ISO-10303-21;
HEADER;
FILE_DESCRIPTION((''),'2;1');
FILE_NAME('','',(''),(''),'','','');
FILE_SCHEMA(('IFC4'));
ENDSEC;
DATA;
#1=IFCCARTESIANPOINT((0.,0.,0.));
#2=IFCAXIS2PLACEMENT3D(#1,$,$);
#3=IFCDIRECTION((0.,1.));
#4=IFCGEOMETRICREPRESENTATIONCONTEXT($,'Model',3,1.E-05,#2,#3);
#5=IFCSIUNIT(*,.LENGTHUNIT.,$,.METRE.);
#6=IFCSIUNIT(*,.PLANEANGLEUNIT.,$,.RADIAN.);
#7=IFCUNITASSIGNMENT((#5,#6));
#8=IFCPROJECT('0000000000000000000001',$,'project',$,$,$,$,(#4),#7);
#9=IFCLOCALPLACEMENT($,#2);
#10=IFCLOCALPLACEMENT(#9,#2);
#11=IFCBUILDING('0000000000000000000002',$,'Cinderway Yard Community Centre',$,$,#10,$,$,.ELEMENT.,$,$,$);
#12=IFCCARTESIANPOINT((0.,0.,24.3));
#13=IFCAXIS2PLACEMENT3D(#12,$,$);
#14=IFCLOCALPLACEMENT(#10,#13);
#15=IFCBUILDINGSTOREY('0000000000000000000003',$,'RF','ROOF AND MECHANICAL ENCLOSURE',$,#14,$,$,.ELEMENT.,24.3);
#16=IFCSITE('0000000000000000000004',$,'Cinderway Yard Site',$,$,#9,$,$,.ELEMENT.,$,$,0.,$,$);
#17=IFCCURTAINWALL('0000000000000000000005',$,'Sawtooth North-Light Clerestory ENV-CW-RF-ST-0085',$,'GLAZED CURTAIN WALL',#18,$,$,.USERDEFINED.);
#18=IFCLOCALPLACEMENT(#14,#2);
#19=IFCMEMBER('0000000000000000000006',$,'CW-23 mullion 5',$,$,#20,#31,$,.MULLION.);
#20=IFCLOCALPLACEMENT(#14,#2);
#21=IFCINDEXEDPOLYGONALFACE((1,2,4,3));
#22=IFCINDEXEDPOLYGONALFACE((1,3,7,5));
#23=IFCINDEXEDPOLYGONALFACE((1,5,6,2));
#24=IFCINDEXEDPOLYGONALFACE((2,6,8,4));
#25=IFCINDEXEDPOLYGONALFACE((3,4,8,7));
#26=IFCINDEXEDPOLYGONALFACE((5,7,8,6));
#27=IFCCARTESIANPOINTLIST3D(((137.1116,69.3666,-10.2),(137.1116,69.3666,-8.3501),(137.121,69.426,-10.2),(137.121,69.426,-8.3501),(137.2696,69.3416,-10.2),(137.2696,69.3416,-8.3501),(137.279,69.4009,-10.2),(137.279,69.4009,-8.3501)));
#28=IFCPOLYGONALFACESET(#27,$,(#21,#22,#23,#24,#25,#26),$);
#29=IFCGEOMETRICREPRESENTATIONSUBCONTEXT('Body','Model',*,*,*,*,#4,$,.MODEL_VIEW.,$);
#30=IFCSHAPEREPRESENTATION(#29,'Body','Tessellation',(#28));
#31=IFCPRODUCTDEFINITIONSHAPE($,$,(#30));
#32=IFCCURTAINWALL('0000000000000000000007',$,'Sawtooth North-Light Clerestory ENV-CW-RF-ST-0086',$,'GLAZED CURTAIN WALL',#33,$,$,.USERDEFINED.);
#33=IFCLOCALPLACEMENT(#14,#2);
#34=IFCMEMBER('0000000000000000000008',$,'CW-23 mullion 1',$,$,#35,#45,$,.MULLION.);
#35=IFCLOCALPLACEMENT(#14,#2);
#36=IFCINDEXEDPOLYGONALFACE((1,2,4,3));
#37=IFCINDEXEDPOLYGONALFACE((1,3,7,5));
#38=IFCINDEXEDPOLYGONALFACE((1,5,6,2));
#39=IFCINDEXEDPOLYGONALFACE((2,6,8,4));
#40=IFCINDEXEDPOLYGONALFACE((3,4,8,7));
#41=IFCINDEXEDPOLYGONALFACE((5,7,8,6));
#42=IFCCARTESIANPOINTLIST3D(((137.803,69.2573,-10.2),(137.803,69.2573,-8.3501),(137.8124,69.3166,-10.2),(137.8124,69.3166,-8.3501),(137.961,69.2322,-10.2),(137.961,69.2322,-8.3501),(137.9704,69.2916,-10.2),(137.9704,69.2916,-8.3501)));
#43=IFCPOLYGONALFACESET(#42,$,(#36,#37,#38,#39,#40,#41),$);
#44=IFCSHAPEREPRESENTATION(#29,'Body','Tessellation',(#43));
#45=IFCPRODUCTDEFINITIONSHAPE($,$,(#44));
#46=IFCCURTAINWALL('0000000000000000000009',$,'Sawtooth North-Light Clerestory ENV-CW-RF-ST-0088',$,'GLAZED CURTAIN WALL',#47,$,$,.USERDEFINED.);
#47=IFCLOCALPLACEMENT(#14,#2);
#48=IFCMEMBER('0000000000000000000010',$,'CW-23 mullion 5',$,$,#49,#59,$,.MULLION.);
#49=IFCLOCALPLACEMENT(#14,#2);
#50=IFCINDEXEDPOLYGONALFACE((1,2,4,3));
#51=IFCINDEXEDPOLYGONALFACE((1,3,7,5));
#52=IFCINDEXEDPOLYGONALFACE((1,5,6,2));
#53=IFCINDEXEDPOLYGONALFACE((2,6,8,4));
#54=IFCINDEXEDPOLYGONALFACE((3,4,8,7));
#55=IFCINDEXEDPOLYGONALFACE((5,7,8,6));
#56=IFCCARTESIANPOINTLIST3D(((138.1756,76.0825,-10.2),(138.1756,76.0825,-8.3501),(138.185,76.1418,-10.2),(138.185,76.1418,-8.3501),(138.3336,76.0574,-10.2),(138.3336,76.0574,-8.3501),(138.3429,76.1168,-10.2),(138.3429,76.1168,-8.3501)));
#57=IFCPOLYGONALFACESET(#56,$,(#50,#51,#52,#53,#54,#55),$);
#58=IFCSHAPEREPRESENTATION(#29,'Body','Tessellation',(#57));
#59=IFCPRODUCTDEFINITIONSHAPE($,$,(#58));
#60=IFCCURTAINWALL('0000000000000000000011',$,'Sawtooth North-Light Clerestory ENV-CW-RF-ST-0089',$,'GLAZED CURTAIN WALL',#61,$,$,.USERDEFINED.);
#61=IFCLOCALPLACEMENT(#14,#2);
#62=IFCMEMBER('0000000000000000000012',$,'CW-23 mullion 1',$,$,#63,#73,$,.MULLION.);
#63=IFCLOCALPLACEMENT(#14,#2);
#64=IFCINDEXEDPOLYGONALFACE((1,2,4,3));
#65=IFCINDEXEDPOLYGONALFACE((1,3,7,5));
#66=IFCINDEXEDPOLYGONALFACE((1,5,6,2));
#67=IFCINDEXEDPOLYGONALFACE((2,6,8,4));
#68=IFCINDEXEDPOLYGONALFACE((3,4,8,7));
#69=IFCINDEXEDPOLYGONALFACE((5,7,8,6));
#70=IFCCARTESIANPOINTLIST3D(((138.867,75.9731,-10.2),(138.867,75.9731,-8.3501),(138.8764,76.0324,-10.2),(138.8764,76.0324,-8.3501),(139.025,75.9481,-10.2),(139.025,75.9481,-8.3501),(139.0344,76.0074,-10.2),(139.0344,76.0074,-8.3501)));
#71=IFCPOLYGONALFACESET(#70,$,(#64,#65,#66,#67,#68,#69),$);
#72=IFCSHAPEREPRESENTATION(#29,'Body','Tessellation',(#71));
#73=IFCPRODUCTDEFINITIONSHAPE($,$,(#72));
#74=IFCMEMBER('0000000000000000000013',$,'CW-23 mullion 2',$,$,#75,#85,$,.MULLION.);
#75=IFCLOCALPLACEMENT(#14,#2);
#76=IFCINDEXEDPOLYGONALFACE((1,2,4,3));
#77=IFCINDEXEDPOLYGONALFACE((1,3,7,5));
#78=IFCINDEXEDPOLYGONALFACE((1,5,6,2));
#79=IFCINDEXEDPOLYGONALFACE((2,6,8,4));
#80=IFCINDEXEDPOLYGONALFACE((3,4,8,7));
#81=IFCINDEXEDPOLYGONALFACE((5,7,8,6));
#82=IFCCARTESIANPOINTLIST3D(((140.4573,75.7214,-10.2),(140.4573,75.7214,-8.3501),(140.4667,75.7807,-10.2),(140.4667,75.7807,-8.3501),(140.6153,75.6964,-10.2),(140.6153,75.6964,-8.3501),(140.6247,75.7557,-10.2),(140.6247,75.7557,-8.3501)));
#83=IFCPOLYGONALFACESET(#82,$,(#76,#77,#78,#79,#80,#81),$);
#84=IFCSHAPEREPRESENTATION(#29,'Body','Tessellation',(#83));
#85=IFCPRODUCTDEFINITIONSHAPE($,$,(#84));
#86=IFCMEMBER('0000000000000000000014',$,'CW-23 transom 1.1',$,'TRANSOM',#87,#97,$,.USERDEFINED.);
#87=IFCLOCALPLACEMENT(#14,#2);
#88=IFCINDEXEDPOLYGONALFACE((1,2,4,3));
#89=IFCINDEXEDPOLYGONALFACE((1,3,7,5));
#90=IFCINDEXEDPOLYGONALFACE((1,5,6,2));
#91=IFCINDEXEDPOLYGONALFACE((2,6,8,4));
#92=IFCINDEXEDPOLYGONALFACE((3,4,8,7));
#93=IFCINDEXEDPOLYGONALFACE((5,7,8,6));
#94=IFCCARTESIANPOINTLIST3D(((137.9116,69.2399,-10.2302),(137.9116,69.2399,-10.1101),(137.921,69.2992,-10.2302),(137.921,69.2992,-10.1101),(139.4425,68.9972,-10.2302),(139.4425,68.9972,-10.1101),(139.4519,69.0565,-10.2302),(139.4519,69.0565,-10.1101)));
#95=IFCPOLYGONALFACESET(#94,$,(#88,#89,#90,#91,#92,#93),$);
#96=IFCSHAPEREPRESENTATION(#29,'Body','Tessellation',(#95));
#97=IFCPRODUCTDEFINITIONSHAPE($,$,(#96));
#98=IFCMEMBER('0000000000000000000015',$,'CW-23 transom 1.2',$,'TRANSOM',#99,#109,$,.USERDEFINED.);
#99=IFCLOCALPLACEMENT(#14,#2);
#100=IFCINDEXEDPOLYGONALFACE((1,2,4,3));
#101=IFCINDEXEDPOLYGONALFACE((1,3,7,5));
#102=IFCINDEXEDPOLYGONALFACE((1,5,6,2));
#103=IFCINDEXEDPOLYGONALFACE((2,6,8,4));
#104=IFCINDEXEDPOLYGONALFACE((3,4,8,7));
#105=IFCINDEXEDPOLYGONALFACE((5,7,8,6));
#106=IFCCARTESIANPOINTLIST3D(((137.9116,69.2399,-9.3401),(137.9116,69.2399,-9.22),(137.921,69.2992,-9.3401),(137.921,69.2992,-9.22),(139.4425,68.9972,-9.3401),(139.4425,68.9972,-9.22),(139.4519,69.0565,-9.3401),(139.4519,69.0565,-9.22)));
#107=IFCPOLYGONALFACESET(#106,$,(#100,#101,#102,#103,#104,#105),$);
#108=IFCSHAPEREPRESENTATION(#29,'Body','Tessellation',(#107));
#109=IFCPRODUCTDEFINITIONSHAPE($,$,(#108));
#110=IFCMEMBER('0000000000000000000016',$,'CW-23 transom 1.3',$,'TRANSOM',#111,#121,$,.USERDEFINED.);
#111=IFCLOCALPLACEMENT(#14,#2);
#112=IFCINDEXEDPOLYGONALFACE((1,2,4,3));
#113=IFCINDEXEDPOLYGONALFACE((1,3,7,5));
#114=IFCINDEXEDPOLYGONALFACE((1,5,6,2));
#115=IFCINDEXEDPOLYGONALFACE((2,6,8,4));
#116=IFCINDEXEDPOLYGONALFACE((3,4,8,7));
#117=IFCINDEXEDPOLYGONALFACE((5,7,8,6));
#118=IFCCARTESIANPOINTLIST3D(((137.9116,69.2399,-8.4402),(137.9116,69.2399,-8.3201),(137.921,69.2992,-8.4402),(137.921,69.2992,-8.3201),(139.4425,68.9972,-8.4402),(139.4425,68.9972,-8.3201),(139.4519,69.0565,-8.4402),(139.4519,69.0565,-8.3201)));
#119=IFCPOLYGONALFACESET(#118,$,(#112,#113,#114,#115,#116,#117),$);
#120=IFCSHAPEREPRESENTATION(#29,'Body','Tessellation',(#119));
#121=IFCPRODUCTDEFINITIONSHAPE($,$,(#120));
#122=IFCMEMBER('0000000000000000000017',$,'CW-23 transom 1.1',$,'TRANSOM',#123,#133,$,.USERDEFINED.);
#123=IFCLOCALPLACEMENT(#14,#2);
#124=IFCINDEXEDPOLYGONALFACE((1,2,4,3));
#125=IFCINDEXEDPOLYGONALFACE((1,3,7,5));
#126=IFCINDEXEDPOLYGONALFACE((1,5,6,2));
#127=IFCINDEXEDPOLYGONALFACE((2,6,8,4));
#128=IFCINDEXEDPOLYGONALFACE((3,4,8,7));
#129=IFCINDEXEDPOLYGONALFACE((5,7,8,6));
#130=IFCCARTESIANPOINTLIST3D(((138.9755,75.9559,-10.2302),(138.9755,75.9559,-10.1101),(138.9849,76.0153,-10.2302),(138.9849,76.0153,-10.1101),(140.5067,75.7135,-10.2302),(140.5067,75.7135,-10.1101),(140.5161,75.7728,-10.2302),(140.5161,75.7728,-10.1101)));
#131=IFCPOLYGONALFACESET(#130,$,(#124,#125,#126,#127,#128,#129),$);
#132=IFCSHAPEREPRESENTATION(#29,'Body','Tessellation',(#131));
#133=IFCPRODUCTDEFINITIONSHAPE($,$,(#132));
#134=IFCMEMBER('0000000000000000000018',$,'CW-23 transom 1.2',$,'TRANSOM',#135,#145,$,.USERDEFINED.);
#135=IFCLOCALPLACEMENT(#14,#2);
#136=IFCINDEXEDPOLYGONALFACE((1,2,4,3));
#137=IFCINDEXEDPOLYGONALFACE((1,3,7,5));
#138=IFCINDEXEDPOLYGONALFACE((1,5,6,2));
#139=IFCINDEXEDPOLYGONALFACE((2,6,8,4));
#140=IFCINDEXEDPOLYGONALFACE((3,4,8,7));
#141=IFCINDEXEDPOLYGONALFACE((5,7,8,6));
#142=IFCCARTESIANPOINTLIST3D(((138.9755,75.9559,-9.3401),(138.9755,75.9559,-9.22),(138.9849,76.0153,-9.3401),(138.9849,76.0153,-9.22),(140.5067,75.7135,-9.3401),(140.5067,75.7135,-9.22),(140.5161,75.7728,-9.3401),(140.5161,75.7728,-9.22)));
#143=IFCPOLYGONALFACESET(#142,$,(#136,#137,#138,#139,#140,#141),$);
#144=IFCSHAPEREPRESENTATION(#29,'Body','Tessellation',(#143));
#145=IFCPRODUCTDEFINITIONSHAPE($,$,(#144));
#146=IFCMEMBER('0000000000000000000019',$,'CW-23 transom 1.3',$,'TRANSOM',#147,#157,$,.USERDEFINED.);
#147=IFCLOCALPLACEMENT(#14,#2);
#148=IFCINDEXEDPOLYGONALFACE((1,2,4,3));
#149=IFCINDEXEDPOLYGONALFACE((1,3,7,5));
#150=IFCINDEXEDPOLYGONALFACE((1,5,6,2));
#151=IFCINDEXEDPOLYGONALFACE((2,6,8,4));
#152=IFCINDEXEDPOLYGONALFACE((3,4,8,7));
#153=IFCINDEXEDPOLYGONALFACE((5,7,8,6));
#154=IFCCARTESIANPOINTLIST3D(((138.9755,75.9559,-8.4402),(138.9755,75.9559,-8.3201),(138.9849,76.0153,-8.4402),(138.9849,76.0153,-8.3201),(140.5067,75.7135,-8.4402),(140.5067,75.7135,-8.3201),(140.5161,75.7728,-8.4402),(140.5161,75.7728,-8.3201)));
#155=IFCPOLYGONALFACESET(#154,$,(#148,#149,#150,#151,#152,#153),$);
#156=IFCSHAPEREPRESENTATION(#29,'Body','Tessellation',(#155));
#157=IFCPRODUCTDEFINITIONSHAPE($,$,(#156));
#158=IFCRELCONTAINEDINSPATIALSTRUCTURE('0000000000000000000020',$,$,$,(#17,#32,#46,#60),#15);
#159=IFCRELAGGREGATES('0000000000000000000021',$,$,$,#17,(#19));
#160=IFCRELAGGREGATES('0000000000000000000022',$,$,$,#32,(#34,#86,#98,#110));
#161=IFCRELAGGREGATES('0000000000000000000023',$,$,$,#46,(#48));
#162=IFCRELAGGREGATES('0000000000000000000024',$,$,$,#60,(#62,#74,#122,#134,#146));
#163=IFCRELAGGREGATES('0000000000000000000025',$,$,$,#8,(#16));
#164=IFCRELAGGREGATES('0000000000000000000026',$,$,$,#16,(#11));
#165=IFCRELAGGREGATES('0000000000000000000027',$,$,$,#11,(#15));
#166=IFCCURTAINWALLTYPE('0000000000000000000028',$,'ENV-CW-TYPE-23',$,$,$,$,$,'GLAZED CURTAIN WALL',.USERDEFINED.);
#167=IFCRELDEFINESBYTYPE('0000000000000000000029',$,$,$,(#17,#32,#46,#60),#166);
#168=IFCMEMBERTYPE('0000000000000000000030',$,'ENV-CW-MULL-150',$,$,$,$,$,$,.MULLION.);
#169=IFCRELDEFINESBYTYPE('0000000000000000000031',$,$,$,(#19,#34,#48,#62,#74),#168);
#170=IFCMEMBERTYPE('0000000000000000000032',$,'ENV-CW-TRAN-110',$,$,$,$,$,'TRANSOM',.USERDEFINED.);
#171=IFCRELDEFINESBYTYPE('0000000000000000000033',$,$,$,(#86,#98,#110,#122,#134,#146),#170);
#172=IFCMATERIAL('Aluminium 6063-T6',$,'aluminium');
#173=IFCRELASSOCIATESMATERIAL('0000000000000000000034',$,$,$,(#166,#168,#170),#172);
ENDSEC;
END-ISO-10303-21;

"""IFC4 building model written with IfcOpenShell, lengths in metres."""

from ifc_helpers import new_model, si_unit, direction, frame, origin, origin_2d, place, context, subcontext, project, spatial, rectangle, extrude, material, material_profile, profile_set, type_object, element, aggregate, save


model = new_model("IFC4")

# Units and contexts
model_context = context("Model", 3, precision=1e-05, world=origin(), true_north=direction((0.0, 1.0)))
body_context = subcontext(model_context, "Body", "Model", "MODEL_VIEW")
ifc_project = project(units=[si_unit("LENGTHUNIT", "METRE"), si_unit("PLANEANGLEUNIT", "RADIAN")], contexts=[model_context])

# Site, building, storey
site_placement = place(None, origin())
site = spatial("IfcSite", under=ifc_project, at=site_placement, Name="Cinderway Yard Site", CompositionType="ELEMENT", RefElevation=0.0)
building_placement = place(site_placement, origin())
building = spatial("IfcBuilding", under=site, at=building_placement, Name="Cinderway Yard Community Centre", CompositionType="ELEMENT")
storey_placement = place(building_placement, frame((0.0, 0.0, 24.3)))
storey = spatial("IfcBuildingStorey", under=building, at=storey_placement, Name="RF", Description="ROOF AND MECHANICAL ENCLOSURE", CompositionType="ELEMENT", Elevation=24.3)

# Curtain walls, members
ifc_material_1 = material(Name="Aluminium 6063-T6", Category="aluminium")
curtain_wall_type = type_object("IfcCurtainWallType", Name="ENV-CW-TYPE-23", ElementType="GLAZED CURTAIN WALL", PredefinedType="USERDEFINED", material=ifc_material_1)
curtain_wall_1_placement = place(storey_placement, origin())
curtain_wall_1 = element("IfcCurtainWall", 1, at=curtain_wall_1_placement, inside=storey, type_object=curtain_wall_type, Name="Sawtooth North-Light Clerestory ENV-CW-RF-ST-0085", ObjectType="GLAZED CURTAIN WALL", PredefinedType="USERDEFINED")
ifc_material_profile_1 = material_profile(ifc_material_1, rectangle(XDim=0.0601, YDim=0.1599, at=origin_2d()), Name="Aluminium 6063-T6")
ifc_profile_set_1 = profile_set([ifc_material_profile_1], Name="Aluminium 6063-T6")
member_type_1 = type_object("IfcMemberType", Name="ENV-CW-MULL-150", PredefinedType="MULLION", material=ifc_profile_set_1)
member_1_placement = place(storey_placement, frame((137.1953, 69.3838, -10.2), z_axis=(0.0, 0.0, 1.0), x_axis=(0.156409, 0.987692, 0.0)))
member_1 = element("IfcMember", 2, at=member_1_placement, type_object=member_type_1, Name="CW-23 mullion 5", PredefinedType="MULLION", context=body_context, shape_type="SweptSolid", body=[
    extrude(rectangle(XDim=0.0601, YDim=0.1599, at=origin_2d()), origin(), (0.0, 0.0, 1.0), 1.8499),
])
aggregate(curtain_wall_1, [member_1])
curtain_wall_2_placement = place(storey_placement, origin())
curtain_wall_2 = element("IfcCurtainWall", 3, at=curtain_wall_2_placement, inside=storey, type_object=curtain_wall_type, Name="Sawtooth North-Light Clerestory ENV-CW-RF-ST-0086", ObjectType="GLAZED CURTAIN WALL", PredefinedType="USERDEFINED")
member_2_placement = place(storey_placement, frame((137.8867, 69.2744, -10.2), z_axis=(0.0, 0.0, 1.0), x_axis=(0.156534, 0.987673, 0.0)))
member_2 = element("IfcMember", 4, at=member_2_placement, type_object=member_type_1, Name="CW-23 mullion 1", PredefinedType="MULLION", context=body_context, shape_type="SweptSolid", body=[
    extrude(rectangle(XDim=0.0601, YDim=0.1599, at=origin_2d()), origin(), (0.0, 0.0, 1.0), 1.8499),
])
curtain_wall_3_placement = place(storey_placement, origin())
curtain_wall_3 = element("IfcCurtainWall", 5, at=curtain_wall_3_placement, inside=storey, type_object=curtain_wall_type, Name="Sawtooth North-Light Clerestory ENV-CW-RF-ST-0088", ObjectType="GLAZED CURTAIN WALL", PredefinedType="USERDEFINED")
member_3_placement = place(storey_placement, frame((138.2593, 76.0996, -10.2), z_axis=(0.0, 0.0, 1.0), x_axis=(0.156409, 0.987692, 0.0)))
member_3 = element("IfcMember", 6, at=member_3_placement, type_object=member_type_1, Name="CW-23 mullion 5", PredefinedType="MULLION", context=body_context, shape_type="SweptSolid", body=[
    extrude(rectangle(XDim=0.0601, YDim=0.1599, at=origin_2d()), origin(), (0.0, 0.0, 1.0), 1.8499),
])

# Curtain wall, members
curtain_wall_4_placement = place(storey_placement, origin())
curtain_wall_4 = element("IfcCurtainWall", 7, at=curtain_wall_4_placement, inside=storey, type_object=curtain_wall_type, Name="Sawtooth North-Light Clerestory ENV-CW-RF-ST-0089", ObjectType="GLAZED CURTAIN WALL", PredefinedType="USERDEFINED")
member_4_placement = place(storey_placement, frame((138.9507, 75.9902, -10.2), z_axis=(0.0, 0.0, 1.0), x_axis=(0.156385, 0.987696, 0.0)))
member_4 = element("IfcMember", 8, at=member_4_placement, type_object=member_type_1, Name="CW-23 mullion 1", PredefinedType="MULLION", context=body_context, shape_type="SweptSolid", body=[
    extrude(rectangle(XDim=0.0601, YDim=0.1599, at=origin_2d()), origin(), (0.0, 0.0, 1.0), 1.8499),
])
member_5_placement = place(storey_placement, frame((140.541, 75.7385, -10.2), z_axis=(0.0, 0.0, 1.0), x_axis=(0.156385, 0.987696, 0.0)))
member_5 = element("IfcMember", 9, at=member_5_placement, type_object=member_type_1, Name="CW-23 mullion 2", PredefinedType="MULLION", context=body_context, shape_type="SweptSolid", body=[
    extrude(rectangle(XDim=0.0601, YDim=0.1599, at=origin_2d()), origin(), (0.0, 0.0, 1.0), 1.8499),
])

# Members
ifc_material_profile_2 = material_profile(ifc_material_1, rectangle(XDim=0.0601, YDim=0.1201, at=origin_2d()), Name="Aluminium 6063-T6")
ifc_profile_set_2 = profile_set([ifc_material_profile_2], Name="Aluminium 6063-T6")
member_type_2 = type_object("IfcMemberType", Name="ENV-CW-TRAN-110", ElementType="TRANSOM", PredefinedType="USERDEFINED", material=ifc_profile_set_2)
member_6_placement = place(storey_placement, frame((137.9163, 69.2695, -10.1702), z_axis=(0.98767, -0.156553, 0.0), x_axis=(0.156553, 0.98767, 0.0)))
member_6 = element("IfcMember", 10, at=member_6_placement, type_object=member_type_2, Name="CW-23 transom 1.1", ObjectType="TRANSOM", PredefinedType="USERDEFINED", context=body_context, shape_type="SweptSolid", body=[
    extrude(rectangle(XDim=0.0601, YDim=0.1201, at=origin_2d()), origin(), (0.0, 0.0, 1.0), 1.55),
])
member_7_placement = place(storey_placement, frame((137.9163, 69.2695, -9.28), z_axis=(0.98767, -0.156553, 0.0), x_axis=(0.156553, 0.98767, 0.0)))
member_7 = element("IfcMember", 11, at=member_7_placement, type_object=member_type_2, Name="CW-23 transom 1.2", ObjectType="TRANSOM", PredefinedType="USERDEFINED", context=body_context, shape_type="SweptSolid", body=[
    extrude(rectangle(XDim=0.0601, YDim=0.1201, at=origin_2d()), origin(), (0.0, 0.0, 1.0), 1.55),
])
member_8_placement = place(storey_placement, frame((137.9163, 69.2695, -8.3801), z_axis=(0.98767, -0.156553, 0.0), x_axis=(0.156553, 0.98767, 0.0)))
member_8 = element("IfcMember", 12, at=member_8_placement, type_object=member_type_2, Name="CW-23 transom 1.3", ObjectType="TRANSOM", PredefinedType="USERDEFINED", context=body_context, shape_type="SweptSolid", body=[
    extrude(rectangle(XDim=0.0601, YDim=0.1201, at=origin_2d()), origin(), (0.0, 0.0, 1.0), 1.55),
])
member_9_placement = place(storey_placement, frame((138.9802, 75.9856, -10.1702), z_axis=(0.987698, -0.156375, 0.0), x_axis=(0.156375, 0.987698, 0.0)))
member_9 = element("IfcMember", 13, at=member_9_placement, type_object=member_type_2, Name="CW-23 transom 1.1", ObjectType="TRANSOM", PredefinedType="USERDEFINED", context=body_context, shape_type="SweptSolid", body=[
    extrude(rectangle(XDim=0.0601, YDim=0.1201, at=origin_2d()), origin(), (0.0, 0.0, 1.0), 1.5503),
])
member_10_placement = place(storey_placement, frame((138.9802, 75.9856, -9.28), z_axis=(0.987698, -0.156375, 0.0), x_axis=(0.156375, 0.987698, 0.0)))
member_10 = element("IfcMember", 14, at=member_10_placement, type_object=member_type_2, Name="CW-23 transom 1.2", ObjectType="TRANSOM", PredefinedType="USERDEFINED", context=body_context, shape_type="SweptSolid", body=[
    extrude(rectangle(XDim=0.0601, YDim=0.1201, at=origin_2d()), origin(), (0.0, 0.0, 1.0), 1.5503),
])
member_11_placement = place(storey_placement, frame((138.9802, 75.9856, -8.3801), z_axis=(0.987698, -0.156375, 0.0), x_axis=(0.156375, 0.987698, 0.0)))
member_11 = element("IfcMember", 15, at=member_11_placement, type_object=member_type_2, Name="CW-23 transom 1.3", ObjectType="TRANSOM", PredefinedType="USERDEFINED", context=body_context, shape_type="SweptSolid", body=[
    extrude(rectangle(XDim=0.0601, YDim=0.1201, at=origin_2d()), origin(), (0.0, 0.0, 1.0), 1.5503),
])

aggregate(curtain_wall_2, [member_2, member_6, member_7, member_8])
aggregate(curtain_wall_3, [member_3])
aggregate(curtain_wall_4, [member_4, member_5, member_9, member_10, member_11])

save(model, "model.ifc")
